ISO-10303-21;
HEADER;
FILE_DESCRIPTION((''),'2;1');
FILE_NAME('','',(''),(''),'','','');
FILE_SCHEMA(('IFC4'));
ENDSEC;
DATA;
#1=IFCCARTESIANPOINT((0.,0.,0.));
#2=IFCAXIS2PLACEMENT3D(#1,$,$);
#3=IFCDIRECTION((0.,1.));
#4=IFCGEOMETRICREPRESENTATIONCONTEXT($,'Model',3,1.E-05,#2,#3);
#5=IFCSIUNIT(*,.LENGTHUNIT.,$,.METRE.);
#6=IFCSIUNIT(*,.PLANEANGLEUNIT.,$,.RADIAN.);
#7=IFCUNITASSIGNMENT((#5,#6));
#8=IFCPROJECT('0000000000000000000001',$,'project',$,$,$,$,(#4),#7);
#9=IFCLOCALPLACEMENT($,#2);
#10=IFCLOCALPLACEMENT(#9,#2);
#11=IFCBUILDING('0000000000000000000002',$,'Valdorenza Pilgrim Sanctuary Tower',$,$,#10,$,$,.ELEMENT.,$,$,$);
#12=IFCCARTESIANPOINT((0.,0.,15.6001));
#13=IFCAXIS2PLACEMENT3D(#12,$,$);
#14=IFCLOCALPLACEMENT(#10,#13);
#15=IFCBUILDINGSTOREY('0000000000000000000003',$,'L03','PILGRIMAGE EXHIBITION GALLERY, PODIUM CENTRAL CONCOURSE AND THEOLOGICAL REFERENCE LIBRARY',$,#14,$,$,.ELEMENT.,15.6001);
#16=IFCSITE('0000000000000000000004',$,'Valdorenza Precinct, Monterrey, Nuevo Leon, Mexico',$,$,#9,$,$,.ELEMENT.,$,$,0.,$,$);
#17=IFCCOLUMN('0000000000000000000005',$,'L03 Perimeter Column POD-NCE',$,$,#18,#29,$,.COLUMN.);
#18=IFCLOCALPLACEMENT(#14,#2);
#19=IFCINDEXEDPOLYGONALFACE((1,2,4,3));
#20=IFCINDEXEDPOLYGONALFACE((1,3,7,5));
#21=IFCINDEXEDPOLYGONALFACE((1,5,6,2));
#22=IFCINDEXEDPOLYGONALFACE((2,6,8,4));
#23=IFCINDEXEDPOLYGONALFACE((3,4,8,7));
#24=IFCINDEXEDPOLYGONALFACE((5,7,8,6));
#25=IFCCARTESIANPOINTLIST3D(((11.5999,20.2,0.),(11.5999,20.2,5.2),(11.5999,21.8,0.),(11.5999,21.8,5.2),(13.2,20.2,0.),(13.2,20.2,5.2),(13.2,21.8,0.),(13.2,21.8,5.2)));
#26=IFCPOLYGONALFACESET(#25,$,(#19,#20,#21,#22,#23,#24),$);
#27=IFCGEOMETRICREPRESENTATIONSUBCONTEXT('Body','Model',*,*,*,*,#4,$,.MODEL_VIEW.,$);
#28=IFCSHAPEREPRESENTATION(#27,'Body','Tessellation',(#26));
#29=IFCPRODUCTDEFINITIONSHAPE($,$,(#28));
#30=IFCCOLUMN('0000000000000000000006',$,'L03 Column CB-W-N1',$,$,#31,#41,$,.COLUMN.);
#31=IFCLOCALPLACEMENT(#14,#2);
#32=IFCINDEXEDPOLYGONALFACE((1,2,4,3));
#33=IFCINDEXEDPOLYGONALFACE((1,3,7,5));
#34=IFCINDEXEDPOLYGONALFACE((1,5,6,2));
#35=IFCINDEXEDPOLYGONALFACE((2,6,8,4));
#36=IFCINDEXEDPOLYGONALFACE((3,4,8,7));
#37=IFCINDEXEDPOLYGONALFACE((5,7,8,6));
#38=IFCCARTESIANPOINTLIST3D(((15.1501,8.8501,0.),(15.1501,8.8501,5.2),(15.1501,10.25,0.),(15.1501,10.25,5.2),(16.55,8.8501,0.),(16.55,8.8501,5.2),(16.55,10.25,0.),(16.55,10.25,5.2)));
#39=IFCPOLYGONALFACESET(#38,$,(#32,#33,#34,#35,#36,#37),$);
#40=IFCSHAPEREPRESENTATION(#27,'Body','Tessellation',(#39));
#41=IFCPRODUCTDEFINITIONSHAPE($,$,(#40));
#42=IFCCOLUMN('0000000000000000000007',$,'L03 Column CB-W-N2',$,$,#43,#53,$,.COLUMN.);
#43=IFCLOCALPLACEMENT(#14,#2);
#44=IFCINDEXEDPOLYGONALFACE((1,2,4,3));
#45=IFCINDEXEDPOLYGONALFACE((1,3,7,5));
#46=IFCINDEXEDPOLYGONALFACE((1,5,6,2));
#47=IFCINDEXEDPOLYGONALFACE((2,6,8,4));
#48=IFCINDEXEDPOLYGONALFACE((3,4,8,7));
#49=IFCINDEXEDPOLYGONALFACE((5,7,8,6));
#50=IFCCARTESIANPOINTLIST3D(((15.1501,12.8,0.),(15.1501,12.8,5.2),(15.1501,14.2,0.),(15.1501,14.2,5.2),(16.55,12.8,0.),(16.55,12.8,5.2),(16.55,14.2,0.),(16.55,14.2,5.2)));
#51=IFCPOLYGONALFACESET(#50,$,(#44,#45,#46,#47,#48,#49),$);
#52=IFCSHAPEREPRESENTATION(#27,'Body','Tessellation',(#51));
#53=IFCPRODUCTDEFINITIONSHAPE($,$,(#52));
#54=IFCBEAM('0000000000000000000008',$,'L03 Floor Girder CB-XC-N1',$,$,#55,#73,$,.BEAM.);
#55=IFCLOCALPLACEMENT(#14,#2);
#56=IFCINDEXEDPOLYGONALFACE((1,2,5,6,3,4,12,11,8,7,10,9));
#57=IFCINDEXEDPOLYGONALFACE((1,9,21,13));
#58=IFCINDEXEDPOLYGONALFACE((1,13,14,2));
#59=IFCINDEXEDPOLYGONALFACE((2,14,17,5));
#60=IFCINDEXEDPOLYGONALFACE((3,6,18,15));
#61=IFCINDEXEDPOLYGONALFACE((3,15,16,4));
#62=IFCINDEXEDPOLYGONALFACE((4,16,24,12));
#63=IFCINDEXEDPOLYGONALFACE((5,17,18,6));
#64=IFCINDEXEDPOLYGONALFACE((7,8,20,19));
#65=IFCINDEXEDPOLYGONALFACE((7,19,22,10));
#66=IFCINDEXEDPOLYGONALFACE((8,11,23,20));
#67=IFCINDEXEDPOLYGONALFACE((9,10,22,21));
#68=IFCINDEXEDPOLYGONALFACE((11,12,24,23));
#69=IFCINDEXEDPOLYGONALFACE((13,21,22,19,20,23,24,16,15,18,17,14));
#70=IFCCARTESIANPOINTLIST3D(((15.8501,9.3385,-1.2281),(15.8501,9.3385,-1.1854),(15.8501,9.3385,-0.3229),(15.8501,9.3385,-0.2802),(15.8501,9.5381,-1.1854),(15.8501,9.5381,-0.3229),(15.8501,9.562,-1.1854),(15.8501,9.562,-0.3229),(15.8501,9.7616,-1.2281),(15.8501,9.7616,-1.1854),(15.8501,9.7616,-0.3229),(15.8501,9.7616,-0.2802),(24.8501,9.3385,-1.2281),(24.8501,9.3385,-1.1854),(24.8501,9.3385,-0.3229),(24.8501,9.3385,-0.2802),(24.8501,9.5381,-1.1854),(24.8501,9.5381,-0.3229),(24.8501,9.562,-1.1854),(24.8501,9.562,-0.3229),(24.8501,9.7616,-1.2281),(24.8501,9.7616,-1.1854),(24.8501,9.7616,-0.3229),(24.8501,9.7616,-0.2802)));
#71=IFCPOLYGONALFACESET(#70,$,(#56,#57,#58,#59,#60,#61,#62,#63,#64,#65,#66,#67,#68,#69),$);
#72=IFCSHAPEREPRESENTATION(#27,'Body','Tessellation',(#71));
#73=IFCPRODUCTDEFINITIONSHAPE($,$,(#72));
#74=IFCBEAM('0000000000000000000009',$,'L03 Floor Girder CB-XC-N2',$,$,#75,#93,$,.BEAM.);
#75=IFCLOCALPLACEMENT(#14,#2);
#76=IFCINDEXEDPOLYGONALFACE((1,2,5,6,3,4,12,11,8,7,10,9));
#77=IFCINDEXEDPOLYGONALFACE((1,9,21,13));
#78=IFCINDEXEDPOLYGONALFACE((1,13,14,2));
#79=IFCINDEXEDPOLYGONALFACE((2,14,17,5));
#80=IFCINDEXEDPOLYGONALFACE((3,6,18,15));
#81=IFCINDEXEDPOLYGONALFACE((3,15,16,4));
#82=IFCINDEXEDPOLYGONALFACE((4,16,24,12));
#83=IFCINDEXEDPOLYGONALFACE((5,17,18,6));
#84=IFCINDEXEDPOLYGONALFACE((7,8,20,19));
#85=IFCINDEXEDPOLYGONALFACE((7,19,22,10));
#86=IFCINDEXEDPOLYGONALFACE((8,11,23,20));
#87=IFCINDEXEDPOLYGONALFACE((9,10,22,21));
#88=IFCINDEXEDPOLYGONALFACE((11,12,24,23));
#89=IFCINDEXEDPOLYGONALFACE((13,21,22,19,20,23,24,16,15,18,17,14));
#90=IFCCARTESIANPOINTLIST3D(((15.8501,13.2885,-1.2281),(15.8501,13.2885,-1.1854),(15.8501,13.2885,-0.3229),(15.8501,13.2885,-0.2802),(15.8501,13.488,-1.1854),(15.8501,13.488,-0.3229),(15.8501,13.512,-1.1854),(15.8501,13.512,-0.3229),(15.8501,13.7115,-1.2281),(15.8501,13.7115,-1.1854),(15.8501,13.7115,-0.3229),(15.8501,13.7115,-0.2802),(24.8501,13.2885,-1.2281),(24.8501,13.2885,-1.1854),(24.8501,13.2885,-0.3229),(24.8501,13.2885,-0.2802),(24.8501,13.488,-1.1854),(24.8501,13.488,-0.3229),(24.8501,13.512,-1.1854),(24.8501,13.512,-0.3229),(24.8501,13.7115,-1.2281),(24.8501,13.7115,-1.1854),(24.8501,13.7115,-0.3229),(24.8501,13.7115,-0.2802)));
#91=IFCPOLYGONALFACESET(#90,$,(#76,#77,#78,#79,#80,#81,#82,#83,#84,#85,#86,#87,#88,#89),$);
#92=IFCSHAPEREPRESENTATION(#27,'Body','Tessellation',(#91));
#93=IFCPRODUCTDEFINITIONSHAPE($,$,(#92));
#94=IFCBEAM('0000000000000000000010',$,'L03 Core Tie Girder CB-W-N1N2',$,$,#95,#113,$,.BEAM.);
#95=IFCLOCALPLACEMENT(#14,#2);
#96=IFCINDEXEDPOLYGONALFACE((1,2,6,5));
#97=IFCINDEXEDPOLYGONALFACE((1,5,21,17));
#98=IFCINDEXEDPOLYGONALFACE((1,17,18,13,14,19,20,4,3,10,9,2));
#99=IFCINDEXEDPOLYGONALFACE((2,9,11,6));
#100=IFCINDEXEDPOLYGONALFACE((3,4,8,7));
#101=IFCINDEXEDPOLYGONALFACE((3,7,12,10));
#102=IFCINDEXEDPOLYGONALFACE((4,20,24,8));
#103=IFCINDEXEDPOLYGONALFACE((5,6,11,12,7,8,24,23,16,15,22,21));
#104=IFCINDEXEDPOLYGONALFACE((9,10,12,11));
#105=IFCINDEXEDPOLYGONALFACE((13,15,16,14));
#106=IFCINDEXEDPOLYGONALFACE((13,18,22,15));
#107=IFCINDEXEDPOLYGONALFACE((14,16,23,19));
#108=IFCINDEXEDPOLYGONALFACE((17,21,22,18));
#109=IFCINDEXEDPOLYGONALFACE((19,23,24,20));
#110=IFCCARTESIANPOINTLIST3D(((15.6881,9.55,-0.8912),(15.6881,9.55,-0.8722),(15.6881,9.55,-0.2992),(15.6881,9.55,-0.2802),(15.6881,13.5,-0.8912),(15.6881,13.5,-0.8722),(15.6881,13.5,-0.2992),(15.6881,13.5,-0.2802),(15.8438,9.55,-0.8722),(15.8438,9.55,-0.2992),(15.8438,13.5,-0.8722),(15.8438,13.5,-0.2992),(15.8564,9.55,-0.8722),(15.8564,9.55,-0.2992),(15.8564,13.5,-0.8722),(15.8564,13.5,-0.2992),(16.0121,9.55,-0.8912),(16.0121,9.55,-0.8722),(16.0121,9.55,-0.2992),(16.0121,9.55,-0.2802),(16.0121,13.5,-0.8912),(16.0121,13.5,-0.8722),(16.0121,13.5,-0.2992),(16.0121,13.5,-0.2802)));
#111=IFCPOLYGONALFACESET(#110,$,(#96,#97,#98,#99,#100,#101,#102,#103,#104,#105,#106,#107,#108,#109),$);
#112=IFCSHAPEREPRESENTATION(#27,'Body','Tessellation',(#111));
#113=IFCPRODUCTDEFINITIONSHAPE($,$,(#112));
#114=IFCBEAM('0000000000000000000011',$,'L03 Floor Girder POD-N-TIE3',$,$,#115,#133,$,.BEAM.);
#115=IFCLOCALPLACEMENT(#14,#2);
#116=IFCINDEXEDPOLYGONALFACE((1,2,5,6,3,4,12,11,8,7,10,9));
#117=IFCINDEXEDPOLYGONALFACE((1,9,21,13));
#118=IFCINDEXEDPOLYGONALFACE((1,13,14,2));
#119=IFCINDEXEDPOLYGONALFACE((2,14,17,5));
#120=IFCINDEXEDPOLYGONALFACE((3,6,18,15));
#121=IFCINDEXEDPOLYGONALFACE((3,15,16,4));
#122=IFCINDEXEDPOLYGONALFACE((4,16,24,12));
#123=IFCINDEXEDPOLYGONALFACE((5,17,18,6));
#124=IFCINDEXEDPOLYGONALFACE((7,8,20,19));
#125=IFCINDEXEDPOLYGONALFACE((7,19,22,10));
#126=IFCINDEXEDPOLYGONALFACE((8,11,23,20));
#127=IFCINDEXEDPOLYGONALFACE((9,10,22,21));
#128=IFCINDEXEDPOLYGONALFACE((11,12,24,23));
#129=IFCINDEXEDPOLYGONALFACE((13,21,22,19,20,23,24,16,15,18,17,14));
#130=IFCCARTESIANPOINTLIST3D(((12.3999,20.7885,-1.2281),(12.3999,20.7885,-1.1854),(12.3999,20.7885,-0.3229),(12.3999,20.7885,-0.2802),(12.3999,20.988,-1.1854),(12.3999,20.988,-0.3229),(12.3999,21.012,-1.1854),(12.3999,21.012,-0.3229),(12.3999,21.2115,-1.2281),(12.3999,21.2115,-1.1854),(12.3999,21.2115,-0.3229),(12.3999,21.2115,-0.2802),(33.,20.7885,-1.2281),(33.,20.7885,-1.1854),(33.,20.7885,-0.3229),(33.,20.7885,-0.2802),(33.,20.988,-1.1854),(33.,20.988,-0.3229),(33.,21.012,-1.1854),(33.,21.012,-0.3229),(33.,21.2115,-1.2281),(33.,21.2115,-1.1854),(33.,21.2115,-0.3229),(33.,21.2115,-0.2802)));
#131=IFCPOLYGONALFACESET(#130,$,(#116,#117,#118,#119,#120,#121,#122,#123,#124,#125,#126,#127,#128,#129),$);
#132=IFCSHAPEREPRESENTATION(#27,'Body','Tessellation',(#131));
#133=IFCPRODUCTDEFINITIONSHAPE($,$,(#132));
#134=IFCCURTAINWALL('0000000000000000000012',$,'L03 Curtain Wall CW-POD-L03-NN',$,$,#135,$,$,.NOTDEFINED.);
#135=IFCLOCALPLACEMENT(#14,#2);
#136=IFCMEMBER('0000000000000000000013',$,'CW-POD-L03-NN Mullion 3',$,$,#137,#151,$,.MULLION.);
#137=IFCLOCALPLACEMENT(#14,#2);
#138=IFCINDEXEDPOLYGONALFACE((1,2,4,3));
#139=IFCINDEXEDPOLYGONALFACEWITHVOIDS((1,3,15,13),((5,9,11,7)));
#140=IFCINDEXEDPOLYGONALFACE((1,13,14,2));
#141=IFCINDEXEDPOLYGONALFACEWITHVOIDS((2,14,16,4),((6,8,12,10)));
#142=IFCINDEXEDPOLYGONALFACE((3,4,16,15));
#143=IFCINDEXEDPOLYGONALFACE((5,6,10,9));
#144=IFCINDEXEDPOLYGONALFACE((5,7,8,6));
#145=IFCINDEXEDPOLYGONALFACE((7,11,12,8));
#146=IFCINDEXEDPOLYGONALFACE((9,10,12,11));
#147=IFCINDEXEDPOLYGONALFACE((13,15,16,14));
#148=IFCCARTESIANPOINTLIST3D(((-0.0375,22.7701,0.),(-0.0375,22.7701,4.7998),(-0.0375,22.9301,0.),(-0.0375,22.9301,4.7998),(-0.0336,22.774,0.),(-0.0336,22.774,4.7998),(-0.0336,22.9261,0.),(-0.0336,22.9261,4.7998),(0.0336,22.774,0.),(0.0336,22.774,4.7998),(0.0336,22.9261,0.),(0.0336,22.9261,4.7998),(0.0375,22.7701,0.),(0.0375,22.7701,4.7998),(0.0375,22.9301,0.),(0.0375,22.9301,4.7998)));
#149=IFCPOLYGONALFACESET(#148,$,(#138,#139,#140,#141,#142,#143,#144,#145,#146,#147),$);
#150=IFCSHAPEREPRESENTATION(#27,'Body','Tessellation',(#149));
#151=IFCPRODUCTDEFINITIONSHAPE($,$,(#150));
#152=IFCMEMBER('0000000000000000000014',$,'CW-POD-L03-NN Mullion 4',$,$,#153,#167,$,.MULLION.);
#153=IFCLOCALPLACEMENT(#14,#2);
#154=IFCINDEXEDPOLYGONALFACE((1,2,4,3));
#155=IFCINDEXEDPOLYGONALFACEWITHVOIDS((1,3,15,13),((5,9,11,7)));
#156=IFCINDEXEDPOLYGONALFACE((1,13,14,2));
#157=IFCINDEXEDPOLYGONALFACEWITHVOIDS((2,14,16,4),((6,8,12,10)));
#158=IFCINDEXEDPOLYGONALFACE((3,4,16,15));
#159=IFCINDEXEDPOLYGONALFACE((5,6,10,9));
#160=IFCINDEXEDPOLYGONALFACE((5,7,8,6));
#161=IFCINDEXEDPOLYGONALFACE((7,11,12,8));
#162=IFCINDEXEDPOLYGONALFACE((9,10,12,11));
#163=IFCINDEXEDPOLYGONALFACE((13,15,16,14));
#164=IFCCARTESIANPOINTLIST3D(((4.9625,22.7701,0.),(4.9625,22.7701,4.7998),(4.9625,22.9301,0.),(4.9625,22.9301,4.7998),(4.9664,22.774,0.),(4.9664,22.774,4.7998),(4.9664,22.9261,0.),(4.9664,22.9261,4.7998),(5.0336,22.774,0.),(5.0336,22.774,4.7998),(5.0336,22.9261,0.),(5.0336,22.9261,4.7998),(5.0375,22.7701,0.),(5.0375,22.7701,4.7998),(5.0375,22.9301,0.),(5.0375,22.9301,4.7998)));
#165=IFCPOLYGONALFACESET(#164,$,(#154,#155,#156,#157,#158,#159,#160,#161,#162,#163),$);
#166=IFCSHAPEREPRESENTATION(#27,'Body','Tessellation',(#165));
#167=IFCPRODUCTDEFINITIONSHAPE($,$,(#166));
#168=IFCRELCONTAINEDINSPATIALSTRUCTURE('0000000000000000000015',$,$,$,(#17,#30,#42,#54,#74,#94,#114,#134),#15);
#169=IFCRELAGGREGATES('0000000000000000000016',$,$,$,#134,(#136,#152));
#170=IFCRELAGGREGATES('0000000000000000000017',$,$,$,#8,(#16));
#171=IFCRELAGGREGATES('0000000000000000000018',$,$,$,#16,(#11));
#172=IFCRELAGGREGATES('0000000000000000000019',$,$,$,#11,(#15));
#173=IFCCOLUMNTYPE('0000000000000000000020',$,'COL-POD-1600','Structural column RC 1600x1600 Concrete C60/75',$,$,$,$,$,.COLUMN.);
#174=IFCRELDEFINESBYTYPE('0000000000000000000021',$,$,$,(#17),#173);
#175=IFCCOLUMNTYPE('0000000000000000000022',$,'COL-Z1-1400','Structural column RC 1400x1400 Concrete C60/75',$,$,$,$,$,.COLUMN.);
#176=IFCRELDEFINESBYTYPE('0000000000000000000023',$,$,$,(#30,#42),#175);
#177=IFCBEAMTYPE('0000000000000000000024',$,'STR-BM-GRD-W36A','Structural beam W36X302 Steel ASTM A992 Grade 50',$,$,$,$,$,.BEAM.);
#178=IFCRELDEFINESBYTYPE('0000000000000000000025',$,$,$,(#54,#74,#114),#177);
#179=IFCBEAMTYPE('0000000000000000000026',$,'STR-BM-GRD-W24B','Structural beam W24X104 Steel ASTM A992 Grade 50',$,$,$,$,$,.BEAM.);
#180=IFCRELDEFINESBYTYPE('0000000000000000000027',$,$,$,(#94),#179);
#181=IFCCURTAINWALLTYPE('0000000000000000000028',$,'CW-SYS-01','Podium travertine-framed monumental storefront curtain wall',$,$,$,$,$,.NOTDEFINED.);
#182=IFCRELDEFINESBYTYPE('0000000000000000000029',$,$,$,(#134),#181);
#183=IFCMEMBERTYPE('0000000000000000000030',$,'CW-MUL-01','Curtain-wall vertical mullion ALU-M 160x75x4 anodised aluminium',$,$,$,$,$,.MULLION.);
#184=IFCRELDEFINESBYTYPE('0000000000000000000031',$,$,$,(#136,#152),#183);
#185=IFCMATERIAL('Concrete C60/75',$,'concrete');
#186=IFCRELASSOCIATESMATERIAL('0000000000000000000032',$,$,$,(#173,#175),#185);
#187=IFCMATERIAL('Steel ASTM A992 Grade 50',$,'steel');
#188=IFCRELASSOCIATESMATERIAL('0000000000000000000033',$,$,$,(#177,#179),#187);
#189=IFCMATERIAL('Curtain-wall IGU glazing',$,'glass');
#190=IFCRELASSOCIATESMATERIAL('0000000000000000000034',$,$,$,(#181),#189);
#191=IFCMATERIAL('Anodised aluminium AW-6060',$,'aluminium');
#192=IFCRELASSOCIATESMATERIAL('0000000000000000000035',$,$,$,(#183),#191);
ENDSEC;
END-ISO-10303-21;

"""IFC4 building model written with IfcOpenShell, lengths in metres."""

from ifc_helpers import new_model, si_unit, direction, frame, origin, origin_2d, place, context, subcontext, project, spatial, rectangle, hollow_rectangle, i_section, extrude, source, transform, mapped, material, material_profile, profile_set, type_object, element, aggregate, save


model = new_model("IFC4")

# Units and contexts
model_context = context("Model", 3, precision=1e-05, world=origin(), true_north=direction((0.0, 1.0)))
body_context = subcontext(model_context, "Body", "Model", "MODEL_VIEW")
ifc_project = project(units=[si_unit("LENGTHUNIT", "METRE"), si_unit("PLANEANGLEUNIT", "RADIAN")], contexts=[model_context])

# Site, building, storey
site_placement = place(None, origin())
site = spatial("IfcSite", under=ifc_project, at=site_placement, Name="Valdorenza Precinct, Monterrey, Nuevo Leon, Mexico", CompositionType="ELEMENT", RefElevation=0.0)
building_placement = place(site_placement, origin())
building = spatial("IfcBuilding", under=site, at=building_placement, Name="Valdorenza Pilgrim Sanctuary Tower", CompositionType="ELEMENT")
storey_placement = place(building_placement, frame((0.0, 0.0, 15.6001)))
storey = spatial("IfcBuildingStorey", under=building, at=storey_placement, Name="L03", Description="PILGRIMAGE EXHIBITION GALLERY, PODIUM CENTRAL CONCOURSE AND THEOLOGICAL REFERENCE LIBRARY", CompositionType="ELEMENT", Elevation=15.6001)

# Columns
ifc_material_1 = material(Name="Concrete C60/75", Category="concrete")
ifc_material_profile_1 = material_profile(ifc_material_1, rectangle(XDim=1.6001, YDim=1.6001, at=origin_2d()), Name="RC 1600x1600")
ifc_profile_set_1 = profile_set([ifc_material_profile_1], Name="Concrete C60/75")
column_type_1 = type_object("IfcColumnType", Name="COL-POD-1600", Description="Structural column RC 1600x1600 Concrete C60/75", PredefinedType="COLUMN", material=ifc_profile_set_1)
shared_shape_1 = source(origin(), body_context, "Body", "SweptSolid", [
    extrude(rectangle(XDim=1.6001, YDim=1.6001, at=origin_2d()), origin(), (0.0, 0.0, 1.0), 5.2),
])
column_placement = place(storey_placement, frame((12.3999, 21.0, 0.0), z_axis=(0.0, 0.0, 1.0), x_axis=(1.0, 0.0, 0.0)))
element("IfcColumn", 1, at=column_placement, inside=storey, type_object=column_type_1, Name="L03 Perimeter Column POD-NCE", PredefinedType="COLUMN", context=body_context, shape_type="MappedRepresentation", body=[
    mapped(shared_shape_1, transform((0.0, 0.0, 0.0), x_axis=(1.0, 0.0, 0.0), y_axis=(0.0, 1.0, 0.0), z_axis=(0.0, 0.0, 1.0), scale=1.0)),
])
ifc_material_profile_2 = material_profile(ifc_material_1, rectangle(XDim=1.3999, YDim=1.3999, at=origin_2d()), Name="RC 1400x1400")
ifc_profile_set_2 = profile_set([ifc_material_profile_2], Name="Concrete C60/75")
column_type_2 = type_object("IfcColumnType", Name="COL-Z1-1400", Description="Structural column RC 1400x1400 Concrete C60/75", PredefinedType="COLUMN", material=ifc_profile_set_2)
shared_shape_2 = source(origin(), body_context, "Body", "SweptSolid", [
    extrude(rectangle(XDim=1.3999, YDim=1.3999, at=origin_2d()), origin(), (0.0, 0.0, 1.0), 5.2),
])
for number, where, z_axis, x_axis, name in (
    (2, (15.8501, 9.55, 0.0), (0.0, 0.0, 1.0), (1.0, 0.0, 0.0), "L03 Column CB-W-N1"),
    (3, (15.8501, 13.5, 0.0), (0.0, 0.0, 1.0), (1.0, 0.0, 0.0), "L03 Column CB-W-N2"),
):
    element("IfcColumn", number, at=place(storey_placement, frame(where, z_axis=z_axis, x_axis=x_axis)), inside=storey, type_object=column_type_2, Name=name, PredefinedType="COLUMN", context=body_context, shape_type="MappedRepresentation", body=[
        mapped(shared_shape_2, transform((0.0, 0.0, 0.0), x_axis=(1.0, 0.0, 0.0), y_axis=(0.0, 1.0, 0.0), z_axis=(0.0, 0.0, 1.0), scale=1.0)),
    ])

# Beams
ifc_material_2 = material(Name="Steel ASTM A992 Grade 50", Category="steel")
ifc_material_profile_3 = material_profile(ifc_material_2, i_section(OverallWidth=0.4231, OverallDepth=0.948, WebThickness=0.0239, FlangeThickness=0.0427, at=origin_2d()), Name="W36X302")
ifc_profile_set_3 = profile_set([ifc_material_profile_3], Name="Steel ASTM A992 Grade 50")
beam_type_1 = type_object("IfcBeamType", Name="STR-BM-GRD-W36A", Description="Structural beam W36X302 Steel ASTM A992 Grade 50", PredefinedType="BEAM", material=ifc_profile_set_3)
shared_shape_3 = source(origin(), body_context, "Body", "SweptSolid", [
    extrude(i_section(OverallWidth=0.4231, OverallDepth=0.948, WebThickness=0.0239, FlangeThickness=0.0427, at=origin_2d()), origin(), (0.0, 0.0, 1.0), 9.0),
])
for number, where, z_axis, x_axis, name in (
    (4, (15.8501, 9.55, -0.7542), (1.0, 0.0, 0.0), (0.0, 1.0, 0.0), "L03 Floor Girder CB-XC-N1"),
    (5, (15.8501, 13.5, -0.7542), (1.0, 0.0, 0.0), (0.0, 1.0, 0.0), "L03 Floor Girder CB-XC-N2"),
):
    element("IfcBeam", number, at=place(storey_placement, frame(where, z_axis=z_axis, x_axis=x_axis)), inside=storey, type_object=beam_type_1, Name=name, PredefinedType="BEAM", context=body_context, shape_type="MappedRepresentation", body=[
        mapped(shared_shape_3, transform((0.0, 0.0, 0.0), x_axis=(1.0, 0.0, 0.0), y_axis=(0.0, 1.0, 0.0), z_axis=(0.0, 0.0, 1.0), scale=1.0)),
    ])
ifc_material_profile_4 = material_profile(ifc_material_2, i_section(OverallWidth=0.324, OverallDepth=0.6111, WebThickness=0.0127, FlangeThickness=0.019, at=origin_2d()), Name="W24X104")
ifc_profile_set_4 = profile_set([ifc_material_profile_4], Name="Steel ASTM A992 Grade 50")
beam_type_2 = type_object("IfcBeamType", Name="STR-BM-GRD-W24B", Description="Structural beam W24X104 Steel ASTM A992 Grade 50", PredefinedType="BEAM", material=ifc_profile_set_4)
shared_shape_4 = source(origin(), body_context, "Body", "SweptSolid", [
    extrude(i_section(OverallWidth=0.324, OverallDepth=0.6111, WebThickness=0.0127, FlangeThickness=0.019, at=origin_2d()), origin(), (0.0, 0.0, 1.0), 3.95),
])
beam_1_placement = place(storey_placement, frame((15.8501, 9.55, -0.5857), z_axis=(0.0, 1.0, 0.0), x_axis=(-1.0, 0.0, 0.0)))
element("IfcBeam", 6, at=beam_1_placement, inside=storey, type_object=beam_type_2, Name="L03 Core Tie Girder CB-W-N1N2", PredefinedType="BEAM", context=body_context, shape_type="MappedRepresentation", body=[
    mapped(shared_shape_4, transform((0.0, 0.0, 0.0), x_axis=(1.0, 0.0, 0.0), y_axis=(0.0, 1.0, 0.0), z_axis=(0.0, 0.0, 1.0), scale=1.0)),
])
shared_shape_5 = source(origin(), body_context, "Body", "SweptSolid", [
    extrude(i_section(OverallWidth=0.4231, OverallDepth=0.948, WebThickness=0.0239, FlangeThickness=0.0427, at=origin_2d()), origin(), (0.0, 0.0, 1.0), 20.6001),
])
beam_2_placement = place(storey_placement, frame((12.3999, 21.0, -0.7542), z_axis=(1.0, 0.0, 0.0), x_axis=(0.0, 1.0, 0.0)))
element("IfcBeam", 7, at=beam_2_placement, inside=storey, type_object=beam_type_1, Name="L03 Floor Girder POD-N-TIE3", PredefinedType="BEAM", context=body_context, shape_type="MappedRepresentation", body=[
    mapped(shared_shape_5, transform((0.0, 0.0, 0.0), x_axis=(1.0, 0.0, 0.0), y_axis=(0.0, 1.0, 0.0), z_axis=(0.0, 0.0, 1.0), scale=1.0)),
])

# Curtain wall, members
ifc_material_3 = material(Name="Curtain-wall IGU glazing", Category="glass")
curtain_wall_type = type_object("IfcCurtainWallType", Name="CW-SYS-01", Description="Podium travertine-framed monumental storefront curtain wall", PredefinedType="NOTDEFINED", material=ifc_material_3)
curtain_wall_placement = place(storey_placement, origin())
curtain_wall = element("IfcCurtainWall", 8, at=curtain_wall_placement, inside=storey, type_object=curtain_wall_type, Name="L03 Curtain Wall CW-POD-L03-NN", PredefinedType="NOTDEFINED")
ifc_material_4 = material(Name="Anodised aluminium AW-6060", Category="aluminium")
ifc_material_profile_5 = material_profile(ifc_material_4, hollow_rectangle(XDim=0.075, YDim=0.1599, WallThickness=0.0039, at=origin_2d()), Name="ALU-M 160x75x4")
ifc_profile_set_5 = profile_set([ifc_material_profile_5], Name="Anodised aluminium AW-6060")
member_type = type_object("IfcMemberType", Name="CW-MUL-01", Description="Curtain-wall vertical mullion ALU-M 160x75x4 anodised aluminium", PredefinedType="MULLION", material=ifc_profile_set_5)
shared_shape_6 = source(origin(), body_context, "Body", "SweptSolid", [
    extrude(hollow_rectangle(XDim=0.075, YDim=0.1599, WallThickness=0.0039, at=origin_2d()), origin(), (0.0, 0.0, 1.0), 4.7998),
])
member_1_placement = place(storey_placement, frame((0.0, 22.8501, 0.0), z_axis=(0.0, 0.0, 1.0), x_axis=(1.0, 0.0, 0.0)))
member_1 = element("IfcMember", 9, at=member_1_placement, type_object=member_type, Name="CW-POD-L03-NN Mullion 3", PredefinedType="MULLION", context=body_context, shape_type="MappedRepresentation", body=[
    mapped(shared_shape_6, transform((0.0, 0.0, 0.0), x_axis=(1.0, 0.0, 0.0), y_axis=(0.0, 1.0, 0.0), z_axis=(0.0, 0.0, 1.0), scale=1.0)),
])
member_2_placement = place(storey_placement, frame((5.0, 22.8501, 0.0), z_axis=(0.0, 0.0, 1.0), x_axis=(1.0, 0.0, 0.0)))
member_2 = element("IfcMember", 10, at=member_2_placement, type_object=member_type, Name="CW-POD-L03-NN Mullion 4", PredefinedType="MULLION", context=body_context, shape_type="MappedRepresentation", body=[
    mapped(shared_shape_6, transform((0.0, 0.0, 0.0), x_axis=(1.0, 0.0, 0.0), y_axis=(0.0, 1.0, 0.0), z_axis=(0.0, 0.0, 1.0), scale=1.0)),
])
aggregate(curtain_wall, [member_1, member_2])

save(model, "model.ifc")
